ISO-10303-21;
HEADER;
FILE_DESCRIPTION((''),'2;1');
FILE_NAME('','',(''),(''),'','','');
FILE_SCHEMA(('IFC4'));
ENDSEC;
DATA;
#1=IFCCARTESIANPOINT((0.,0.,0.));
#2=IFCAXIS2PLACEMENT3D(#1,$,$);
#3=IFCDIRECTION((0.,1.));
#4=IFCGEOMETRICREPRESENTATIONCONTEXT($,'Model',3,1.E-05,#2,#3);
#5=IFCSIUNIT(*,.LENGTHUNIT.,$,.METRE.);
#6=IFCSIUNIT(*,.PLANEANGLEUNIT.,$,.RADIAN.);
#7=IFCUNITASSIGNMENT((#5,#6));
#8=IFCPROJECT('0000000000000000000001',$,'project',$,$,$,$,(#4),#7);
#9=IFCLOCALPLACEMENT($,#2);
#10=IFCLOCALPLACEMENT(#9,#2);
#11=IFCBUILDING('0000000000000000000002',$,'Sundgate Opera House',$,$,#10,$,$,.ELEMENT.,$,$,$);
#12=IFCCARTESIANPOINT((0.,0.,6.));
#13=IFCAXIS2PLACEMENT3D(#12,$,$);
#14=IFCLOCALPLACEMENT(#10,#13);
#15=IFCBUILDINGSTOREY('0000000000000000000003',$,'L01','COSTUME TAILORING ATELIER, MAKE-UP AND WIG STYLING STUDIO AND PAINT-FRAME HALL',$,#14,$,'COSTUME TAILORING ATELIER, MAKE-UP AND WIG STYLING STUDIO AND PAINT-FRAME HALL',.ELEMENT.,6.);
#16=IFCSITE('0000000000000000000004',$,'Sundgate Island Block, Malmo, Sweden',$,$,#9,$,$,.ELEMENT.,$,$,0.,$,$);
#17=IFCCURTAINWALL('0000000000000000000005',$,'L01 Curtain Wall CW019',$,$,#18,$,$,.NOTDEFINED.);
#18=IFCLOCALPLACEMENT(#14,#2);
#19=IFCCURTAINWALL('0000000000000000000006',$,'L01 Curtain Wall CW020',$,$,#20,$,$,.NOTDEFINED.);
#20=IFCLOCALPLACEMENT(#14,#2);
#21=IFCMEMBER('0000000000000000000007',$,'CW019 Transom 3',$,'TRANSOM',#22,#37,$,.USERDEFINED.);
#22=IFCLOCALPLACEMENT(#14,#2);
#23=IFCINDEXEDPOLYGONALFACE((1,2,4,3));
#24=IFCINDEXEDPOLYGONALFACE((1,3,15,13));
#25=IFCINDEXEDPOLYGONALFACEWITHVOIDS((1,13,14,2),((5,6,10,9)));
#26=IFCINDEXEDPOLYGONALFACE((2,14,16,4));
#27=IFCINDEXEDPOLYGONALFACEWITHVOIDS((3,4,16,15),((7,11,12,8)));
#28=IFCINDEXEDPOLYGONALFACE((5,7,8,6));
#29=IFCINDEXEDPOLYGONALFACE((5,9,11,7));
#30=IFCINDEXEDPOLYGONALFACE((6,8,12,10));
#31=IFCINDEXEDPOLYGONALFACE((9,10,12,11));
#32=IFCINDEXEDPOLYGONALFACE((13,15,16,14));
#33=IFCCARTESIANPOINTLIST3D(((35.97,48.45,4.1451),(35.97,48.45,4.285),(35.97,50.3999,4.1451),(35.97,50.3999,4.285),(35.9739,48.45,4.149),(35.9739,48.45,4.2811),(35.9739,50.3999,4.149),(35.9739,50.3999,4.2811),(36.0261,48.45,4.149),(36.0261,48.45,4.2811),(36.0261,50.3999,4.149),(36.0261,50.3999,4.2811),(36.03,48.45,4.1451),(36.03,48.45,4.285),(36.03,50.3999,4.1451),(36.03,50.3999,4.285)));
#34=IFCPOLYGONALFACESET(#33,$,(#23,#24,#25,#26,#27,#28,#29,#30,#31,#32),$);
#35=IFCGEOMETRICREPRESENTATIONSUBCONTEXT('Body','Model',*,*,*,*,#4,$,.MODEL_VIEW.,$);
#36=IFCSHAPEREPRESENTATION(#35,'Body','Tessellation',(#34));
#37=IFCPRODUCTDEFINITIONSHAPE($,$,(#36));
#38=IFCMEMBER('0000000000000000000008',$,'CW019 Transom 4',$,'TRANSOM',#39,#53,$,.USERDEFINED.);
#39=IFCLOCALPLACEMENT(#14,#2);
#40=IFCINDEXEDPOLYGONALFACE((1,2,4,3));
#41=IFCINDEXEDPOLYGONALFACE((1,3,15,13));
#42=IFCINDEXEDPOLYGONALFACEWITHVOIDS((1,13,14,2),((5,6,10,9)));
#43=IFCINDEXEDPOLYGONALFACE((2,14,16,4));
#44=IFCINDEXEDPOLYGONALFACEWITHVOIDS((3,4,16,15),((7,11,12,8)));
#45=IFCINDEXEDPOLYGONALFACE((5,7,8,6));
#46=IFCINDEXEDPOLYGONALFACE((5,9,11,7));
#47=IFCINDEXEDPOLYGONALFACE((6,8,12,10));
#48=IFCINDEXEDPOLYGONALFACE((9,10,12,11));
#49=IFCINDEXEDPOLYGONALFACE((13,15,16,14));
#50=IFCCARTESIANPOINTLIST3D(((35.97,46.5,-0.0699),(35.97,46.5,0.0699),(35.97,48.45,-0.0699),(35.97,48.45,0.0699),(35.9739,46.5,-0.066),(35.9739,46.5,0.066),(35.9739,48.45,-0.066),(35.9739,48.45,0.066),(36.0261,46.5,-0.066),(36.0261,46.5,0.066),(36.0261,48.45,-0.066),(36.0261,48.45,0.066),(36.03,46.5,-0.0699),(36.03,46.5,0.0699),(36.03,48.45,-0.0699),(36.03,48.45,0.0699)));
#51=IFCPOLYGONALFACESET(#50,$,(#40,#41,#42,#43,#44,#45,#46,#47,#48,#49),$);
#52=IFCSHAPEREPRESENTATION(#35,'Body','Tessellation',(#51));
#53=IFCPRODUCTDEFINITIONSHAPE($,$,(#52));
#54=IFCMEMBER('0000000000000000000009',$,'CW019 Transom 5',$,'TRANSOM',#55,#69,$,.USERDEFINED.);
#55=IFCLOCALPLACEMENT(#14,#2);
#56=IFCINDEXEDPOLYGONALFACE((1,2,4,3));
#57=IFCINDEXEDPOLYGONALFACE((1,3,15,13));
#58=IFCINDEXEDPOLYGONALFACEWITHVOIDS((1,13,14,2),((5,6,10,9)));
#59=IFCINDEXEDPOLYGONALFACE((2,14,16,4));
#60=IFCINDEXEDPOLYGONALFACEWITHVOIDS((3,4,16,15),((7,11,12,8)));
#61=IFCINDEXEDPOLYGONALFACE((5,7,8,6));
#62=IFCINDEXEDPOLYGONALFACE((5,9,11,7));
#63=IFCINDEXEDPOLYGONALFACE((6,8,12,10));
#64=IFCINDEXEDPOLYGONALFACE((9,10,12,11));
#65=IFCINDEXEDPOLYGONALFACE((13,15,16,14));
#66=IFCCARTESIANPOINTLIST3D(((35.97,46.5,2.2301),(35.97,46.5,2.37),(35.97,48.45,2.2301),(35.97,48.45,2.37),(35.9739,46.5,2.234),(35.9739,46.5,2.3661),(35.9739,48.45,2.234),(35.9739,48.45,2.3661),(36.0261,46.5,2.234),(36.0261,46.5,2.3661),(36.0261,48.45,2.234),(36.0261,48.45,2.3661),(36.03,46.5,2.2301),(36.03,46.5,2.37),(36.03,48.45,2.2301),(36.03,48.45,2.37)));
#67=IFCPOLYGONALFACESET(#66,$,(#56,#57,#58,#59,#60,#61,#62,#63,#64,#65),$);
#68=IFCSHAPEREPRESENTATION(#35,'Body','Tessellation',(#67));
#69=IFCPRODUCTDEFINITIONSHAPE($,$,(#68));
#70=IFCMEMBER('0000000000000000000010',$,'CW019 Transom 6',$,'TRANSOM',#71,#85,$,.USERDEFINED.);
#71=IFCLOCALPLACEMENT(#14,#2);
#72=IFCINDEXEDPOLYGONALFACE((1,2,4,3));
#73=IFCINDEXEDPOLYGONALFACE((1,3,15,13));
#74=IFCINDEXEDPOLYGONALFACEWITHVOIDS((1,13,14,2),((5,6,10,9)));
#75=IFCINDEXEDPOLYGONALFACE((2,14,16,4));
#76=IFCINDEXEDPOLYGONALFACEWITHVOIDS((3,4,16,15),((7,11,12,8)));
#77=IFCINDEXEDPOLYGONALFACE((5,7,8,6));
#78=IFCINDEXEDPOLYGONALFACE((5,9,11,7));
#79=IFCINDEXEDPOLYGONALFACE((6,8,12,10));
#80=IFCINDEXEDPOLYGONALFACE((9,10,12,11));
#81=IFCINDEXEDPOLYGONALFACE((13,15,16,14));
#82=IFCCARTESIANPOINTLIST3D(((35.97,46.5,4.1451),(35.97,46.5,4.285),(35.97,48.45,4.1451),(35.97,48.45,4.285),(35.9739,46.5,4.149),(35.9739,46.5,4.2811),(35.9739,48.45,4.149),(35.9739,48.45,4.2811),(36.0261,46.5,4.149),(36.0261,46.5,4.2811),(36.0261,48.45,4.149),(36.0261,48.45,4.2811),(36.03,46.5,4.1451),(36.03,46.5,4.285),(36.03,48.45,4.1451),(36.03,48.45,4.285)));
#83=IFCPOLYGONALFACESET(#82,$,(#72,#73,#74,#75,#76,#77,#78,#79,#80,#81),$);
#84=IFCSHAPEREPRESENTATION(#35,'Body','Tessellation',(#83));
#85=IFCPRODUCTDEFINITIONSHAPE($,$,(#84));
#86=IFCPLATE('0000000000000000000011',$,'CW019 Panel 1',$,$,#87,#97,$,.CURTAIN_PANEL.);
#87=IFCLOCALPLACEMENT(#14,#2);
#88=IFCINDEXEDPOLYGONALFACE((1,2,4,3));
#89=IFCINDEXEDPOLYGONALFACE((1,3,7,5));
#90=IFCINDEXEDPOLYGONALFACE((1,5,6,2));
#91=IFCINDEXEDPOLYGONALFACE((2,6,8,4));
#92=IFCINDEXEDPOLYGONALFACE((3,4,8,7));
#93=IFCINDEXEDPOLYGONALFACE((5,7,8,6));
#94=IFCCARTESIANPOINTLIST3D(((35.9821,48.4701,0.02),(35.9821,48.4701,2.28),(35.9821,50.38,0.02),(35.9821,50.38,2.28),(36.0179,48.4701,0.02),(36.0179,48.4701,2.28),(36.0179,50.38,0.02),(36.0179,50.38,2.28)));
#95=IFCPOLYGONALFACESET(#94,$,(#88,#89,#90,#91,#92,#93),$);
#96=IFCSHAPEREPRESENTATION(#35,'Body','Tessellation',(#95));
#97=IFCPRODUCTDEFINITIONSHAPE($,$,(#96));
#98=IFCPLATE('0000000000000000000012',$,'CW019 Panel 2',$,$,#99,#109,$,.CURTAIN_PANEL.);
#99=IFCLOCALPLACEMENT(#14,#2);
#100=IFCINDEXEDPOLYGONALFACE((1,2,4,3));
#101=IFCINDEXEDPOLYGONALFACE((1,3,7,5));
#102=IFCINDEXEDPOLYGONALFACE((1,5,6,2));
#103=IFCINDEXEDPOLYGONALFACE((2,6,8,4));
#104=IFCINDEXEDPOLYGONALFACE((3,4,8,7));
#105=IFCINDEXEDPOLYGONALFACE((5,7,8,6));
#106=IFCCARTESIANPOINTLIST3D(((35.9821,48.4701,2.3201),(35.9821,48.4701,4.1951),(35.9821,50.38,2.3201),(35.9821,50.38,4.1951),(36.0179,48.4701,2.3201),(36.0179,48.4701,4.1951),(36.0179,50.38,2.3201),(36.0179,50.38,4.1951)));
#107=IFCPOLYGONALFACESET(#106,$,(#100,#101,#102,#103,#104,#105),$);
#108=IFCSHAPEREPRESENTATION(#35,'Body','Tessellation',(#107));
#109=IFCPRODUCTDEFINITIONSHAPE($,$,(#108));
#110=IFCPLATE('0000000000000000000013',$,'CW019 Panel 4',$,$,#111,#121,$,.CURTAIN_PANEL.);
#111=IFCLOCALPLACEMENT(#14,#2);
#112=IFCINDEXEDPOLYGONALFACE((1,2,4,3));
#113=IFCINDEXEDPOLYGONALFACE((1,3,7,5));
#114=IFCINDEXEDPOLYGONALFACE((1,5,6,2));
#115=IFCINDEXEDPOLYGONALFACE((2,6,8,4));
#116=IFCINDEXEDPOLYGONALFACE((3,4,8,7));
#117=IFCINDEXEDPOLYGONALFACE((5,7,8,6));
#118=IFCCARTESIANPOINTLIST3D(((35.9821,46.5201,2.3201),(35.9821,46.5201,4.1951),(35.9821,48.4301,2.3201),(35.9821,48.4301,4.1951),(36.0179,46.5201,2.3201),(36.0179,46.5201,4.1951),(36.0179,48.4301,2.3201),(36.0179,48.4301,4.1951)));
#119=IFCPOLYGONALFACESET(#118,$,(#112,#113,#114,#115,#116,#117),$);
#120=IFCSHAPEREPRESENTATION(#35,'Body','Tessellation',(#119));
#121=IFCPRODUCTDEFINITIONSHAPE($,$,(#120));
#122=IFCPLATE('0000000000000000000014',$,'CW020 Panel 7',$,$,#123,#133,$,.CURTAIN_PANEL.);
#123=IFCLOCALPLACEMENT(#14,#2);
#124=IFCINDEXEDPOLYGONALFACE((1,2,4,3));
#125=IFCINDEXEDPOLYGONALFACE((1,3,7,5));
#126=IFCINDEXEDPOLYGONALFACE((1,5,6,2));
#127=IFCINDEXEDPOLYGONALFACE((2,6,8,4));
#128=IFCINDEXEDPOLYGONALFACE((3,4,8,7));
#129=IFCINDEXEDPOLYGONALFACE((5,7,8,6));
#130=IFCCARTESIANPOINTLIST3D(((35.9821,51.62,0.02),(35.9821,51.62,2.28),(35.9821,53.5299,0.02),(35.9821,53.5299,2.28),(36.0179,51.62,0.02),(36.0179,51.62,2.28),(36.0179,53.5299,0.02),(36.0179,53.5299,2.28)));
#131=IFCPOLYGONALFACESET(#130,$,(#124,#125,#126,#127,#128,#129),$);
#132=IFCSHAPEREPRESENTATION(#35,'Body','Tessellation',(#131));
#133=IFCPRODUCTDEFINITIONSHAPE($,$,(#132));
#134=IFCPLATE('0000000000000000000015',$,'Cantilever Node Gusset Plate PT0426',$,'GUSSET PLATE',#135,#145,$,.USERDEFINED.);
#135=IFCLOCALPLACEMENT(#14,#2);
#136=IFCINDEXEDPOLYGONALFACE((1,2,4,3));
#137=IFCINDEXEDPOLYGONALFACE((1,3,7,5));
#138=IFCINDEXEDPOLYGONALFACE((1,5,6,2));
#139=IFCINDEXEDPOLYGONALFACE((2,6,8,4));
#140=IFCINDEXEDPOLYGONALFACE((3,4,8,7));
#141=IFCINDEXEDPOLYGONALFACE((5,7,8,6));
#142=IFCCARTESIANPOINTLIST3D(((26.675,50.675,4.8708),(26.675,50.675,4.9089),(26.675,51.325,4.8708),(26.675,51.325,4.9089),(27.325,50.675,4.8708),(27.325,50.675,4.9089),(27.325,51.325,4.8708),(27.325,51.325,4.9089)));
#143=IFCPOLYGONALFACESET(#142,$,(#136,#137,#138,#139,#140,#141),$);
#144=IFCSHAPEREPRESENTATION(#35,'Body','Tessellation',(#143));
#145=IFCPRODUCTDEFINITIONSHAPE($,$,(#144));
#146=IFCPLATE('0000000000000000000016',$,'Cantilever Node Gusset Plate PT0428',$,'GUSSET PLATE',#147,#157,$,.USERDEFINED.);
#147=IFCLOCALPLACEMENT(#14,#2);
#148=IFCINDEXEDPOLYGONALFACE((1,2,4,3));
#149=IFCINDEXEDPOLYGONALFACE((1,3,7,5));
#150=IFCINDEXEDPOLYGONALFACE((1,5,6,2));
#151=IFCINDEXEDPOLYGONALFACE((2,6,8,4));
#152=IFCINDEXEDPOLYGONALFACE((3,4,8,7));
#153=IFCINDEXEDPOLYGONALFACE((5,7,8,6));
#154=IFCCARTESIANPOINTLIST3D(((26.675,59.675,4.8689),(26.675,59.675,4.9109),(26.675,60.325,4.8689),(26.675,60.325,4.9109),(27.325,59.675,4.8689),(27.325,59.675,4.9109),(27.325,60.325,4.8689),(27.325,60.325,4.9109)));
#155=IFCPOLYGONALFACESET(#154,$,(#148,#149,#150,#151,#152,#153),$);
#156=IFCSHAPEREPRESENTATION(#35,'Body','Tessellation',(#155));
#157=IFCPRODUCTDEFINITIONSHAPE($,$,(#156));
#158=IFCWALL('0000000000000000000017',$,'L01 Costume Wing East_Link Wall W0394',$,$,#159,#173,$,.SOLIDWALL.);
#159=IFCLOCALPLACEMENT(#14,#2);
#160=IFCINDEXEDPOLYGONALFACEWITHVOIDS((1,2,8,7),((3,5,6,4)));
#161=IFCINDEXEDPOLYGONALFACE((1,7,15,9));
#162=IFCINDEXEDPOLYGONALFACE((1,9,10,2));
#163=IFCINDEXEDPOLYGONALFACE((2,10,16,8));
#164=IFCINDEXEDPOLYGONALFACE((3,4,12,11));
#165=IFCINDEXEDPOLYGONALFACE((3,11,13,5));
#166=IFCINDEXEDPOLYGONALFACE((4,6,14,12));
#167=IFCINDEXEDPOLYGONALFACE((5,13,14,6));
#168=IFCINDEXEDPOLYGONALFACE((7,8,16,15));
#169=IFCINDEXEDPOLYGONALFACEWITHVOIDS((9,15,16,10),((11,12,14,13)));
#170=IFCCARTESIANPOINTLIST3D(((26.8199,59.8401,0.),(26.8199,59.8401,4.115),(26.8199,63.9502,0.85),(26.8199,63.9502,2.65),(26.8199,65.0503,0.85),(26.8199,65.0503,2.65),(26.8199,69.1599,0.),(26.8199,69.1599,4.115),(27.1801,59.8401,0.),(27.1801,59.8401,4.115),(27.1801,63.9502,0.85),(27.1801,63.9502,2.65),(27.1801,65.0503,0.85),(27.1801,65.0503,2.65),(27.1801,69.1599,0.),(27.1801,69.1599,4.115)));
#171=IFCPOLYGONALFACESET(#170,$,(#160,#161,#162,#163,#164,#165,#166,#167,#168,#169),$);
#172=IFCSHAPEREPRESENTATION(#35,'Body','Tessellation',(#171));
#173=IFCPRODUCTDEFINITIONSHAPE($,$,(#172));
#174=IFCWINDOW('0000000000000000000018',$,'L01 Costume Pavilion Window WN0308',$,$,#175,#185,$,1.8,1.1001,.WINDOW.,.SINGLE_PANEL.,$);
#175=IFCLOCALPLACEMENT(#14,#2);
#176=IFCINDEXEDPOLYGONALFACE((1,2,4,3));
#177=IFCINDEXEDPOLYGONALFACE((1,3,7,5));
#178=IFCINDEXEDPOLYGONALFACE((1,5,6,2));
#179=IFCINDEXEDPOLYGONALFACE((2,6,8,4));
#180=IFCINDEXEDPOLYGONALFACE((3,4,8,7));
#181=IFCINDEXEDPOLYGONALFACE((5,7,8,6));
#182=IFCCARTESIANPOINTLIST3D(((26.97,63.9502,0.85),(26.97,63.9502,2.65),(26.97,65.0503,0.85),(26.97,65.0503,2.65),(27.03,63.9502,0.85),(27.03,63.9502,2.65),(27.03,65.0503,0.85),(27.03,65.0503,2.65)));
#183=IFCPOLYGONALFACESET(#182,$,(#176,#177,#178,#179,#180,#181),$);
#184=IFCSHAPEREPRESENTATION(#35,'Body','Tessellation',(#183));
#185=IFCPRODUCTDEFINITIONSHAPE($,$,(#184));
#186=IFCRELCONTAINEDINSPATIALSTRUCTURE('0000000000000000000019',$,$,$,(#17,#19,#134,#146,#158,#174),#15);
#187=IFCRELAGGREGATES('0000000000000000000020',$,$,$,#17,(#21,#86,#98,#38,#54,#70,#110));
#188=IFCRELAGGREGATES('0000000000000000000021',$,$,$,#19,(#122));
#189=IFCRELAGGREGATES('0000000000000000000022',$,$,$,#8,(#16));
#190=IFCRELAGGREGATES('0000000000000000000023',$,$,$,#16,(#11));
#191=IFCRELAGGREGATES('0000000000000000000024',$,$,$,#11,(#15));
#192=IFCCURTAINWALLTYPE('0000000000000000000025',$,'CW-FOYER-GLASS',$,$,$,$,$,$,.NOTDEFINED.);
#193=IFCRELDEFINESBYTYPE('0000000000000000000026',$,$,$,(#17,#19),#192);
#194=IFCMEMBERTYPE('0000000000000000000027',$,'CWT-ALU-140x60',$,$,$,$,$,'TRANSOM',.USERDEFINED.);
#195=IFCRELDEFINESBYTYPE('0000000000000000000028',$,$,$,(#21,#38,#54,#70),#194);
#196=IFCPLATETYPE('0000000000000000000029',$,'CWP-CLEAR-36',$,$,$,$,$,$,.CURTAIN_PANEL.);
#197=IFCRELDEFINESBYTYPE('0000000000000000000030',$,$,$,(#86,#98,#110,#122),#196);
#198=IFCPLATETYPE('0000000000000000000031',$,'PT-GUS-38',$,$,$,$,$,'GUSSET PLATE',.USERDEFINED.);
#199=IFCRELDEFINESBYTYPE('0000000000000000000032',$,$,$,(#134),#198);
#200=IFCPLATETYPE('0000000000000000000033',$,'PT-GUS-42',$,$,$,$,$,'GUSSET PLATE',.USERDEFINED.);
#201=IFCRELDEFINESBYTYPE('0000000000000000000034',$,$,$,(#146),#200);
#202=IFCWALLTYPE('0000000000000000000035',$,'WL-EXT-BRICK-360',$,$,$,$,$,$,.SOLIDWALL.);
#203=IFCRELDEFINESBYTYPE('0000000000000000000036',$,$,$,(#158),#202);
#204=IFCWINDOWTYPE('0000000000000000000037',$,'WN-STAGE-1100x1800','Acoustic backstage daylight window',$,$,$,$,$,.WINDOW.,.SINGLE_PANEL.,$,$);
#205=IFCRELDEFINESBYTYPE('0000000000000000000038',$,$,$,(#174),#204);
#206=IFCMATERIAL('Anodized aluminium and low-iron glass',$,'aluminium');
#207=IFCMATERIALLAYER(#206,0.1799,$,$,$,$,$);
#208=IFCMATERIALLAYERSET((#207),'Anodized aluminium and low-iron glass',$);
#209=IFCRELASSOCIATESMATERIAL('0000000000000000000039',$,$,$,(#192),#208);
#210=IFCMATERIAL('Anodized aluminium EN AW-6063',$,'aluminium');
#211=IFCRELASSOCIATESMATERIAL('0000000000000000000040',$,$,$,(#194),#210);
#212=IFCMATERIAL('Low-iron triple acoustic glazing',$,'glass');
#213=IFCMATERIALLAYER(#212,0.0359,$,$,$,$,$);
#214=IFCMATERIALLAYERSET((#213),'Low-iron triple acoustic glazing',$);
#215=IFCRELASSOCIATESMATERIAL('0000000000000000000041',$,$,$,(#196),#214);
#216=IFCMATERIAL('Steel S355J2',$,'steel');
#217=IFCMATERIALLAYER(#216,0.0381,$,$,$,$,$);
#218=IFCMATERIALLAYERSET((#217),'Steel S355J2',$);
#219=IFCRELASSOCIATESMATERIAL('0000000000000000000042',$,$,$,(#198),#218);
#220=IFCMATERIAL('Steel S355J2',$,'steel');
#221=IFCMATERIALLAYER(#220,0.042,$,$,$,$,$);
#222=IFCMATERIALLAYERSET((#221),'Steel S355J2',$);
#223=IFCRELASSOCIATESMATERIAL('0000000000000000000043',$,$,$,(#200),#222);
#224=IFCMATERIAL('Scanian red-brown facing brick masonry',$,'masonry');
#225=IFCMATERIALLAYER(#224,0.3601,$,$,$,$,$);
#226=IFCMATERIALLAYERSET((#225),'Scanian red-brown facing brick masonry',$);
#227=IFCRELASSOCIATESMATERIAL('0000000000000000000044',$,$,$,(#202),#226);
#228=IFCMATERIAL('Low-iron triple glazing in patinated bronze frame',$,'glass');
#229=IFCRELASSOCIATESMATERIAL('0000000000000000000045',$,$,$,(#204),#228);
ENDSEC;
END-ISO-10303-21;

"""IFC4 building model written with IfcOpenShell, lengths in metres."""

from ifc_helpers import new_model, si_unit, direction, frame, frame_2d, origin, origin_2d, place, context, subcontext, project, spatial, rectangle, hollow_rectangle, extrude, material, layer, layer_set, material_profile, profile_set, type_object, element, fill, aggregate, save


model = new_model("IFC4")

# Units and contexts
model_context = context("Model", 3, precision=1e-05, world=origin(), true_north=direction((0.0, 1.0)))
body_context = subcontext(model_context, "Body", "Model", "MODEL_VIEW")
ifc_project = project(units=[si_unit("LENGTHUNIT", "METRE"), si_unit("PLANEANGLEUNIT", "RADIAN")], contexts=[model_context])

# Site, building, storey
site_placement = place(None, origin())
site = spatial("IfcSite", under=ifc_project, at=site_placement, Name="Sundgate Island Block, Malmo, Sweden", CompositionType="ELEMENT", RefElevation=0.0)
building_placement = place(site_placement, origin())
building = spatial("IfcBuilding", under=site, at=building_placement, Name="Sundgate Opera House", CompositionType="ELEMENT")
storey_placement = place(building_placement, frame((0.0, 0.0, 6.0)))
storey = spatial("IfcBuildingStorey", under=building, at=storey_placement, Name="L01", Description="COSTUME TAILORING ATELIER, MAKE-UP AND WIG STYLING STUDIO AND PAINT-FRAME HALL", LongName="COSTUME TAILORING ATELIER, MAKE-UP AND WIG STYLING STUDIO AND PAINT-FRAME HALL", CompositionType="ELEMENT", Elevation=6.0)

# Curtain wall
ifc_material_1 = material(Name="Anodized aluminium and low-iron glass", Category="aluminium")
ifc_layer_1 = layer(ifc_material_1, 0.1799)
ifc_layer_set_1 = layer_set([ifc_layer_1], Name="Anodized aluminium and low-iron glass")
curtain_wall_type = type_object("IfcCurtainWallType", Name="CW-FOYER-GLASS", PredefinedType="NOTDEFINED", material=ifc_layer_set_1)
curtain_wall_1_placement = place(storey_placement, origin())
curtain_wall_1 = element("IfcCurtainWall", 1, at=curtain_wall_1_placement, inside=storey, type_object=curtain_wall_type, Name="L01 Curtain Wall CW019", PredefinedType="NOTDEFINED")

# Curtain wall
curtain_wall_2_placement = place(storey_placement, origin())
curtain_wall_2 = element("IfcCurtainWall", 2, at=curtain_wall_2_placement, inside=storey, type_object=curtain_wall_type, Name="L01 Curtain Wall CW020", PredefinedType="NOTDEFINED")

# Members
ifc_material_2 = material(Name="Anodized aluminium EN AW-6063", Category="aluminium")
ifc_material_profile_1 = material_profile(ifc_material_2, hollow_rectangle(XDim=0.0601, YDim=0.1399, WallThickness=0.0039, at=origin_2d()), Name="CWT 140x60x4")
ifc_profile_set_1 = profile_set([ifc_material_profile_1], Name="Anodized aluminium EN AW-6063")
member_type_1 = type_object("IfcMemberType", Name="CWT-ALU-140x60", ElementType="TRANSOM", PredefinedType="USERDEFINED", material=ifc_profile_set_1)
member_1_placement = place(storey_placement, frame((36.0, 50.3999, 4.2151), z_axis=(0.0, -1.0, 0.0), x_axis=(1.0, 0.0, 0.0)))
member_1 = element("IfcMember", 3, at=member_1_placement, type_object=member_type_1, Name="CW019 Transom 3", ObjectType="TRANSOM", PredefinedType="USERDEFINED", context=body_context, shape_type="SweptSolid", body=[
    extrude(hollow_rectangle(XDim=0.0601, YDim=0.1399, WallThickness=0.0039, at=origin_2d()), origin(), (0.0, 0.0, 1.0), 1.95),
])
member_2_placement = place(storey_placement, frame((36.0, 48.45, 0.0), z_axis=(0.0, -1.0, 0.0), x_axis=(1.0, 0.0, 0.0)))
member_2 = element("IfcMember", 4, at=member_2_placement, type_object=member_type_1, Name="CW019 Transom 4", ObjectType="TRANSOM", PredefinedType="USERDEFINED", context=body_context, shape_type="SweptSolid", body=[
    extrude(hollow_rectangle(XDim=0.0601, YDim=0.1399, WallThickness=0.0039, at=origin_2d()), origin(), (0.0, 0.0, 1.0), 1.95),
])
member_3_placement = place(storey_placement, frame((36.0, 48.45, 2.3), z_axis=(0.0, -1.0, 0.0), x_axis=(1.0, 0.0, 0.0)))
member_3 = element("IfcMember", 5, at=member_3_placement, type_object=member_type_1, Name="CW019 Transom 5", ObjectType="TRANSOM", PredefinedType="USERDEFINED", context=body_context, shape_type="SweptSolid", body=[
    extrude(hollow_rectangle(XDim=0.0601, YDim=0.1399, WallThickness=0.0039, at=origin_2d()), origin(), (0.0, 0.0, 1.0), 1.95),
])
member_4_placement = place(storey_placement, frame((36.0, 48.45, 4.2151), z_axis=(0.0, -1.0, 0.0), x_axis=(1.0, 0.0, 0.0)))
member_4 = element("IfcMember", 6, at=member_4_placement, type_object=member_type_1, Name="CW019 Transom 6", ObjectType="TRANSOM", PredefinedType="USERDEFINED", context=body_context, shape_type="SweptSolid", body=[
    extrude(hollow_rectangle(XDim=0.0601, YDim=0.1399, WallThickness=0.0039, at=origin_2d()), origin(), (0.0, 0.0, 1.0), 1.95),
])

# Plates
ifc_material_3 = material(Name="Low-iron triple acoustic glazing", Category="glass")
ifc_layer_2 = layer(ifc_material_3, 0.0359)
ifc_layer_set_2 = layer_set([ifc_layer_2], Name="Low-iron triple acoustic glazing")
plate_type_1 = type_object("IfcPlateType", Name="CWP-CLEAR-36", PredefinedType="CURTAIN_PANEL", material=ifc_layer_set_2)
plate_1_placement = place(storey_placement, frame((36.0, 49.425, 0.02), z_axis=(0.0, 0.0, 1.0), x_axis=(0.0, -1.0, 0.0)))
plate_1 = element("IfcPlate", 7, at=plate_1_placement, type_object=plate_type_1, Name="CW019 Panel 1", PredefinedType="CURTAIN_PANEL", context=body_context, shape_type="SweptSolid", body=[
    extrude(rectangle(XDim=1.9099, YDim=0.0359, at=origin_2d()), origin(), (0.0, 0.0, 1.0), 2.26),
])
plate_2_placement = place(storey_placement, frame((36.0, 49.425, 2.3201), z_axis=(0.0, 0.0, 1.0), x_axis=(0.0, -1.0, 0.0)))
plate_2 = element("IfcPlate", 8, at=plate_2_placement, type_object=plate_type_1, Name="CW019 Panel 2", PredefinedType="CURTAIN_PANEL", context=body_context, shape_type="SweptSolid", body=[
    extrude(rectangle(XDim=1.9099, YDim=0.0359, at=origin_2d()), origin(), (0.0, 0.0, 1.0), 1.875),
])
plate_3_placement = place(storey_placement, frame((36.0, 47.4751, 2.3201), z_axis=(0.0, 0.0, 1.0), x_axis=(0.0, -1.0, 0.0)))
plate_3 = element("IfcPlate", 9, at=plate_3_placement, type_object=plate_type_1, Name="CW019 Panel 4", PredefinedType="CURTAIN_PANEL", context=body_context, shape_type="SweptSolid", body=[
    extrude(rectangle(XDim=1.9099, YDim=0.0359, at=origin_2d()), origin(), (0.0, 0.0, 1.0), 1.875),
])
aggregate(curtain_wall_1, [member_1, plate_1, plate_2, member_2, member_3, member_4, plate_3])
plate_4_placement = place(storey_placement, frame((36.0, 52.575, 0.02), z_axis=(0.0, 0.0, 1.0), x_axis=(0.0, -1.0, 0.0)))
plate_4 = element("IfcPlate", 10, at=plate_4_placement, type_object=plate_type_1, Name="CW020 Panel 7", PredefinedType="CURTAIN_PANEL", context=body_context, shape_type="SweptSolid", body=[
    extrude(rectangle(XDim=1.9099, YDim=0.0359, at=origin_2d()), origin(), (0.0, 0.0, 1.0), 2.26),
])
aggregate(curtain_wall_2, [plate_4])

# Plates
ifc_material_4 = material(Name="Steel S355J2", Category="steel")
ifc_layer_3 = layer(ifc_material_4, 0.0381)
ifc_layer_set_3 = layer_set([ifc_layer_3], Name="Steel S355J2")
plate_type_2 = type_object("IfcPlateType", Name="PT-GUS-38", ElementType="GUSSET PLATE", PredefinedType="USERDEFINED", material=ifc_layer_set_3)
plate_5_placement = place(storey_placement, frame((27.0, 51.0, 4.8708), z_axis=(0.0, 0.0, 1.0), x_axis=(1.0, 0.0, 0.0)))
element("IfcPlate", 11, at=plate_5_placement, inside=storey, type_object=plate_type_2, Name="Cantilever Node Gusset Plate PT0426", ObjectType="GUSSET PLATE", PredefinedType="USERDEFINED", context=body_context, shape_type="SweptSolid", body=[
    extrude(rectangle(XDim=0.6499, YDim=0.6499, at=origin_2d()), origin(), (0.0, 0.0, 1.0), 0.0381),
])
ifc_material_5 = material(Name="Steel S355J2", Category="steel")
ifc_layer_4 = layer(ifc_material_5, 0.042)
ifc_layer_set_4 = layer_set([ifc_layer_4], Name="Steel S355J2")
plate_type_3 = type_object("IfcPlateType", Name="PT-GUS-42", ElementType="GUSSET PLATE", PredefinedType="USERDEFINED", material=ifc_layer_set_4)
plate_6_placement = place(storey_placement, frame((27.0, 60.0, 4.8689), z_axis=(0.0, 0.0, 1.0), x_axis=(1.0, 0.0, 0.0)))
element("IfcPlate", 12, at=plate_6_placement, inside=storey, type_object=plate_type_3, Name="Cantilever Node Gusset Plate PT0428", ObjectType="GUSSET PLATE", PredefinedType="USERDEFINED", context=body_context, shape_type="SweptSolid", body=[
    extrude(rectangle(XDim=0.6499, YDim=0.6499, at=origin_2d()), origin(), (0.0, 0.0, 1.0), 0.042),
])

# Wall, opening, window
ifc_material_6 = material(Name="Scanian red-brown facing brick masonry", Category="masonry")
ifc_layer_5 = layer(ifc_material_6, 0.3601)
ifc_layer_set_5 = layer_set([ifc_layer_5], Name="Scanian red-brown facing brick masonry")
wall_type_1 = type_object("IfcWallType", Name="WL-EXT-BRICK-360", PredefinedType="SOLIDWALL", material=ifc_layer_set_5)
wall_1_placement = place(storey_placement, frame((27.0, 59.8401, 0.0), z_axis=(0.0, 0.0, 1.0), x_axis=(0.0, 1.0, 0.0)))
wall_1 = element("IfcWall", 13, at=wall_1_placement, inside=storey, type_object=wall_type_1, Name="L01 Costume Wing East_Link Wall W0394", PredefinedType="SOLIDWALL", context=body_context, shape_type="SweptSolid", body=[
    extrude(rectangle(XDim=9.3198, YDim=0.3601, at=frame_2d((4.6599, 0.0))), origin(), (0.0, 0.0, 1.0), 4.115),
])
opening_1_placement = place(wall_1_placement, frame((4.1101, 0.0, 0.8501)))
opening_1 = element("IfcOpeningElement", 14, at=opening_1_placement, cuts=wall_1, PredefinedType="OPENING", context=body_context, shape_type="SweptSolid", body=[
    extrude(rectangle(XDim=1.1001, YDim=1.8, at=frame_2d((0.55, 0.8999))), frame((0.0, 0.1899, 0.0), z_axis=(0.0, -1.0, 0.0), x_axis=(1.0, 0.0, 0.0)), (0.0, 0.0, 1.0), 0.3801),
])
ifc_material_7 = material(Name="Low-iron triple glazing in patinated bronze frame", Category="glass")
window_type_1 = type_object("IfcWindowType", Name="WN-STAGE-1100x1800", Description="Acoustic backstage daylight window", PartitioningType="SINGLE_PANEL", PredefinedType="WINDOW", material=ifc_material_7)
window_1_placement = place(opening_1_placement, origin())
window_1 = element("IfcWindow", 15, at=window_1_placement, inside=storey, type_object=window_type_1, Name="L01 Costume Pavilion Window WN0308", OverallHeight=1.8, OverallWidth=1.1001, PartitioningType="SINGLE_PANEL", PredefinedType="WINDOW", context=body_context, shape_type="SweptSolid", body=[
    extrude(rectangle(XDim=1.1001, YDim=1.8, at=frame_2d((0.55, 0.8999))), frame((0.0, 0.03, 0.0), z_axis=(0.0, -1.0, 0.0), x_axis=(1.0, 0.0, 0.0)), (0.0, 0.0, 1.0), 0.0601),
])
fill(opening_1, window_1)

save(model, "model.ifc")
